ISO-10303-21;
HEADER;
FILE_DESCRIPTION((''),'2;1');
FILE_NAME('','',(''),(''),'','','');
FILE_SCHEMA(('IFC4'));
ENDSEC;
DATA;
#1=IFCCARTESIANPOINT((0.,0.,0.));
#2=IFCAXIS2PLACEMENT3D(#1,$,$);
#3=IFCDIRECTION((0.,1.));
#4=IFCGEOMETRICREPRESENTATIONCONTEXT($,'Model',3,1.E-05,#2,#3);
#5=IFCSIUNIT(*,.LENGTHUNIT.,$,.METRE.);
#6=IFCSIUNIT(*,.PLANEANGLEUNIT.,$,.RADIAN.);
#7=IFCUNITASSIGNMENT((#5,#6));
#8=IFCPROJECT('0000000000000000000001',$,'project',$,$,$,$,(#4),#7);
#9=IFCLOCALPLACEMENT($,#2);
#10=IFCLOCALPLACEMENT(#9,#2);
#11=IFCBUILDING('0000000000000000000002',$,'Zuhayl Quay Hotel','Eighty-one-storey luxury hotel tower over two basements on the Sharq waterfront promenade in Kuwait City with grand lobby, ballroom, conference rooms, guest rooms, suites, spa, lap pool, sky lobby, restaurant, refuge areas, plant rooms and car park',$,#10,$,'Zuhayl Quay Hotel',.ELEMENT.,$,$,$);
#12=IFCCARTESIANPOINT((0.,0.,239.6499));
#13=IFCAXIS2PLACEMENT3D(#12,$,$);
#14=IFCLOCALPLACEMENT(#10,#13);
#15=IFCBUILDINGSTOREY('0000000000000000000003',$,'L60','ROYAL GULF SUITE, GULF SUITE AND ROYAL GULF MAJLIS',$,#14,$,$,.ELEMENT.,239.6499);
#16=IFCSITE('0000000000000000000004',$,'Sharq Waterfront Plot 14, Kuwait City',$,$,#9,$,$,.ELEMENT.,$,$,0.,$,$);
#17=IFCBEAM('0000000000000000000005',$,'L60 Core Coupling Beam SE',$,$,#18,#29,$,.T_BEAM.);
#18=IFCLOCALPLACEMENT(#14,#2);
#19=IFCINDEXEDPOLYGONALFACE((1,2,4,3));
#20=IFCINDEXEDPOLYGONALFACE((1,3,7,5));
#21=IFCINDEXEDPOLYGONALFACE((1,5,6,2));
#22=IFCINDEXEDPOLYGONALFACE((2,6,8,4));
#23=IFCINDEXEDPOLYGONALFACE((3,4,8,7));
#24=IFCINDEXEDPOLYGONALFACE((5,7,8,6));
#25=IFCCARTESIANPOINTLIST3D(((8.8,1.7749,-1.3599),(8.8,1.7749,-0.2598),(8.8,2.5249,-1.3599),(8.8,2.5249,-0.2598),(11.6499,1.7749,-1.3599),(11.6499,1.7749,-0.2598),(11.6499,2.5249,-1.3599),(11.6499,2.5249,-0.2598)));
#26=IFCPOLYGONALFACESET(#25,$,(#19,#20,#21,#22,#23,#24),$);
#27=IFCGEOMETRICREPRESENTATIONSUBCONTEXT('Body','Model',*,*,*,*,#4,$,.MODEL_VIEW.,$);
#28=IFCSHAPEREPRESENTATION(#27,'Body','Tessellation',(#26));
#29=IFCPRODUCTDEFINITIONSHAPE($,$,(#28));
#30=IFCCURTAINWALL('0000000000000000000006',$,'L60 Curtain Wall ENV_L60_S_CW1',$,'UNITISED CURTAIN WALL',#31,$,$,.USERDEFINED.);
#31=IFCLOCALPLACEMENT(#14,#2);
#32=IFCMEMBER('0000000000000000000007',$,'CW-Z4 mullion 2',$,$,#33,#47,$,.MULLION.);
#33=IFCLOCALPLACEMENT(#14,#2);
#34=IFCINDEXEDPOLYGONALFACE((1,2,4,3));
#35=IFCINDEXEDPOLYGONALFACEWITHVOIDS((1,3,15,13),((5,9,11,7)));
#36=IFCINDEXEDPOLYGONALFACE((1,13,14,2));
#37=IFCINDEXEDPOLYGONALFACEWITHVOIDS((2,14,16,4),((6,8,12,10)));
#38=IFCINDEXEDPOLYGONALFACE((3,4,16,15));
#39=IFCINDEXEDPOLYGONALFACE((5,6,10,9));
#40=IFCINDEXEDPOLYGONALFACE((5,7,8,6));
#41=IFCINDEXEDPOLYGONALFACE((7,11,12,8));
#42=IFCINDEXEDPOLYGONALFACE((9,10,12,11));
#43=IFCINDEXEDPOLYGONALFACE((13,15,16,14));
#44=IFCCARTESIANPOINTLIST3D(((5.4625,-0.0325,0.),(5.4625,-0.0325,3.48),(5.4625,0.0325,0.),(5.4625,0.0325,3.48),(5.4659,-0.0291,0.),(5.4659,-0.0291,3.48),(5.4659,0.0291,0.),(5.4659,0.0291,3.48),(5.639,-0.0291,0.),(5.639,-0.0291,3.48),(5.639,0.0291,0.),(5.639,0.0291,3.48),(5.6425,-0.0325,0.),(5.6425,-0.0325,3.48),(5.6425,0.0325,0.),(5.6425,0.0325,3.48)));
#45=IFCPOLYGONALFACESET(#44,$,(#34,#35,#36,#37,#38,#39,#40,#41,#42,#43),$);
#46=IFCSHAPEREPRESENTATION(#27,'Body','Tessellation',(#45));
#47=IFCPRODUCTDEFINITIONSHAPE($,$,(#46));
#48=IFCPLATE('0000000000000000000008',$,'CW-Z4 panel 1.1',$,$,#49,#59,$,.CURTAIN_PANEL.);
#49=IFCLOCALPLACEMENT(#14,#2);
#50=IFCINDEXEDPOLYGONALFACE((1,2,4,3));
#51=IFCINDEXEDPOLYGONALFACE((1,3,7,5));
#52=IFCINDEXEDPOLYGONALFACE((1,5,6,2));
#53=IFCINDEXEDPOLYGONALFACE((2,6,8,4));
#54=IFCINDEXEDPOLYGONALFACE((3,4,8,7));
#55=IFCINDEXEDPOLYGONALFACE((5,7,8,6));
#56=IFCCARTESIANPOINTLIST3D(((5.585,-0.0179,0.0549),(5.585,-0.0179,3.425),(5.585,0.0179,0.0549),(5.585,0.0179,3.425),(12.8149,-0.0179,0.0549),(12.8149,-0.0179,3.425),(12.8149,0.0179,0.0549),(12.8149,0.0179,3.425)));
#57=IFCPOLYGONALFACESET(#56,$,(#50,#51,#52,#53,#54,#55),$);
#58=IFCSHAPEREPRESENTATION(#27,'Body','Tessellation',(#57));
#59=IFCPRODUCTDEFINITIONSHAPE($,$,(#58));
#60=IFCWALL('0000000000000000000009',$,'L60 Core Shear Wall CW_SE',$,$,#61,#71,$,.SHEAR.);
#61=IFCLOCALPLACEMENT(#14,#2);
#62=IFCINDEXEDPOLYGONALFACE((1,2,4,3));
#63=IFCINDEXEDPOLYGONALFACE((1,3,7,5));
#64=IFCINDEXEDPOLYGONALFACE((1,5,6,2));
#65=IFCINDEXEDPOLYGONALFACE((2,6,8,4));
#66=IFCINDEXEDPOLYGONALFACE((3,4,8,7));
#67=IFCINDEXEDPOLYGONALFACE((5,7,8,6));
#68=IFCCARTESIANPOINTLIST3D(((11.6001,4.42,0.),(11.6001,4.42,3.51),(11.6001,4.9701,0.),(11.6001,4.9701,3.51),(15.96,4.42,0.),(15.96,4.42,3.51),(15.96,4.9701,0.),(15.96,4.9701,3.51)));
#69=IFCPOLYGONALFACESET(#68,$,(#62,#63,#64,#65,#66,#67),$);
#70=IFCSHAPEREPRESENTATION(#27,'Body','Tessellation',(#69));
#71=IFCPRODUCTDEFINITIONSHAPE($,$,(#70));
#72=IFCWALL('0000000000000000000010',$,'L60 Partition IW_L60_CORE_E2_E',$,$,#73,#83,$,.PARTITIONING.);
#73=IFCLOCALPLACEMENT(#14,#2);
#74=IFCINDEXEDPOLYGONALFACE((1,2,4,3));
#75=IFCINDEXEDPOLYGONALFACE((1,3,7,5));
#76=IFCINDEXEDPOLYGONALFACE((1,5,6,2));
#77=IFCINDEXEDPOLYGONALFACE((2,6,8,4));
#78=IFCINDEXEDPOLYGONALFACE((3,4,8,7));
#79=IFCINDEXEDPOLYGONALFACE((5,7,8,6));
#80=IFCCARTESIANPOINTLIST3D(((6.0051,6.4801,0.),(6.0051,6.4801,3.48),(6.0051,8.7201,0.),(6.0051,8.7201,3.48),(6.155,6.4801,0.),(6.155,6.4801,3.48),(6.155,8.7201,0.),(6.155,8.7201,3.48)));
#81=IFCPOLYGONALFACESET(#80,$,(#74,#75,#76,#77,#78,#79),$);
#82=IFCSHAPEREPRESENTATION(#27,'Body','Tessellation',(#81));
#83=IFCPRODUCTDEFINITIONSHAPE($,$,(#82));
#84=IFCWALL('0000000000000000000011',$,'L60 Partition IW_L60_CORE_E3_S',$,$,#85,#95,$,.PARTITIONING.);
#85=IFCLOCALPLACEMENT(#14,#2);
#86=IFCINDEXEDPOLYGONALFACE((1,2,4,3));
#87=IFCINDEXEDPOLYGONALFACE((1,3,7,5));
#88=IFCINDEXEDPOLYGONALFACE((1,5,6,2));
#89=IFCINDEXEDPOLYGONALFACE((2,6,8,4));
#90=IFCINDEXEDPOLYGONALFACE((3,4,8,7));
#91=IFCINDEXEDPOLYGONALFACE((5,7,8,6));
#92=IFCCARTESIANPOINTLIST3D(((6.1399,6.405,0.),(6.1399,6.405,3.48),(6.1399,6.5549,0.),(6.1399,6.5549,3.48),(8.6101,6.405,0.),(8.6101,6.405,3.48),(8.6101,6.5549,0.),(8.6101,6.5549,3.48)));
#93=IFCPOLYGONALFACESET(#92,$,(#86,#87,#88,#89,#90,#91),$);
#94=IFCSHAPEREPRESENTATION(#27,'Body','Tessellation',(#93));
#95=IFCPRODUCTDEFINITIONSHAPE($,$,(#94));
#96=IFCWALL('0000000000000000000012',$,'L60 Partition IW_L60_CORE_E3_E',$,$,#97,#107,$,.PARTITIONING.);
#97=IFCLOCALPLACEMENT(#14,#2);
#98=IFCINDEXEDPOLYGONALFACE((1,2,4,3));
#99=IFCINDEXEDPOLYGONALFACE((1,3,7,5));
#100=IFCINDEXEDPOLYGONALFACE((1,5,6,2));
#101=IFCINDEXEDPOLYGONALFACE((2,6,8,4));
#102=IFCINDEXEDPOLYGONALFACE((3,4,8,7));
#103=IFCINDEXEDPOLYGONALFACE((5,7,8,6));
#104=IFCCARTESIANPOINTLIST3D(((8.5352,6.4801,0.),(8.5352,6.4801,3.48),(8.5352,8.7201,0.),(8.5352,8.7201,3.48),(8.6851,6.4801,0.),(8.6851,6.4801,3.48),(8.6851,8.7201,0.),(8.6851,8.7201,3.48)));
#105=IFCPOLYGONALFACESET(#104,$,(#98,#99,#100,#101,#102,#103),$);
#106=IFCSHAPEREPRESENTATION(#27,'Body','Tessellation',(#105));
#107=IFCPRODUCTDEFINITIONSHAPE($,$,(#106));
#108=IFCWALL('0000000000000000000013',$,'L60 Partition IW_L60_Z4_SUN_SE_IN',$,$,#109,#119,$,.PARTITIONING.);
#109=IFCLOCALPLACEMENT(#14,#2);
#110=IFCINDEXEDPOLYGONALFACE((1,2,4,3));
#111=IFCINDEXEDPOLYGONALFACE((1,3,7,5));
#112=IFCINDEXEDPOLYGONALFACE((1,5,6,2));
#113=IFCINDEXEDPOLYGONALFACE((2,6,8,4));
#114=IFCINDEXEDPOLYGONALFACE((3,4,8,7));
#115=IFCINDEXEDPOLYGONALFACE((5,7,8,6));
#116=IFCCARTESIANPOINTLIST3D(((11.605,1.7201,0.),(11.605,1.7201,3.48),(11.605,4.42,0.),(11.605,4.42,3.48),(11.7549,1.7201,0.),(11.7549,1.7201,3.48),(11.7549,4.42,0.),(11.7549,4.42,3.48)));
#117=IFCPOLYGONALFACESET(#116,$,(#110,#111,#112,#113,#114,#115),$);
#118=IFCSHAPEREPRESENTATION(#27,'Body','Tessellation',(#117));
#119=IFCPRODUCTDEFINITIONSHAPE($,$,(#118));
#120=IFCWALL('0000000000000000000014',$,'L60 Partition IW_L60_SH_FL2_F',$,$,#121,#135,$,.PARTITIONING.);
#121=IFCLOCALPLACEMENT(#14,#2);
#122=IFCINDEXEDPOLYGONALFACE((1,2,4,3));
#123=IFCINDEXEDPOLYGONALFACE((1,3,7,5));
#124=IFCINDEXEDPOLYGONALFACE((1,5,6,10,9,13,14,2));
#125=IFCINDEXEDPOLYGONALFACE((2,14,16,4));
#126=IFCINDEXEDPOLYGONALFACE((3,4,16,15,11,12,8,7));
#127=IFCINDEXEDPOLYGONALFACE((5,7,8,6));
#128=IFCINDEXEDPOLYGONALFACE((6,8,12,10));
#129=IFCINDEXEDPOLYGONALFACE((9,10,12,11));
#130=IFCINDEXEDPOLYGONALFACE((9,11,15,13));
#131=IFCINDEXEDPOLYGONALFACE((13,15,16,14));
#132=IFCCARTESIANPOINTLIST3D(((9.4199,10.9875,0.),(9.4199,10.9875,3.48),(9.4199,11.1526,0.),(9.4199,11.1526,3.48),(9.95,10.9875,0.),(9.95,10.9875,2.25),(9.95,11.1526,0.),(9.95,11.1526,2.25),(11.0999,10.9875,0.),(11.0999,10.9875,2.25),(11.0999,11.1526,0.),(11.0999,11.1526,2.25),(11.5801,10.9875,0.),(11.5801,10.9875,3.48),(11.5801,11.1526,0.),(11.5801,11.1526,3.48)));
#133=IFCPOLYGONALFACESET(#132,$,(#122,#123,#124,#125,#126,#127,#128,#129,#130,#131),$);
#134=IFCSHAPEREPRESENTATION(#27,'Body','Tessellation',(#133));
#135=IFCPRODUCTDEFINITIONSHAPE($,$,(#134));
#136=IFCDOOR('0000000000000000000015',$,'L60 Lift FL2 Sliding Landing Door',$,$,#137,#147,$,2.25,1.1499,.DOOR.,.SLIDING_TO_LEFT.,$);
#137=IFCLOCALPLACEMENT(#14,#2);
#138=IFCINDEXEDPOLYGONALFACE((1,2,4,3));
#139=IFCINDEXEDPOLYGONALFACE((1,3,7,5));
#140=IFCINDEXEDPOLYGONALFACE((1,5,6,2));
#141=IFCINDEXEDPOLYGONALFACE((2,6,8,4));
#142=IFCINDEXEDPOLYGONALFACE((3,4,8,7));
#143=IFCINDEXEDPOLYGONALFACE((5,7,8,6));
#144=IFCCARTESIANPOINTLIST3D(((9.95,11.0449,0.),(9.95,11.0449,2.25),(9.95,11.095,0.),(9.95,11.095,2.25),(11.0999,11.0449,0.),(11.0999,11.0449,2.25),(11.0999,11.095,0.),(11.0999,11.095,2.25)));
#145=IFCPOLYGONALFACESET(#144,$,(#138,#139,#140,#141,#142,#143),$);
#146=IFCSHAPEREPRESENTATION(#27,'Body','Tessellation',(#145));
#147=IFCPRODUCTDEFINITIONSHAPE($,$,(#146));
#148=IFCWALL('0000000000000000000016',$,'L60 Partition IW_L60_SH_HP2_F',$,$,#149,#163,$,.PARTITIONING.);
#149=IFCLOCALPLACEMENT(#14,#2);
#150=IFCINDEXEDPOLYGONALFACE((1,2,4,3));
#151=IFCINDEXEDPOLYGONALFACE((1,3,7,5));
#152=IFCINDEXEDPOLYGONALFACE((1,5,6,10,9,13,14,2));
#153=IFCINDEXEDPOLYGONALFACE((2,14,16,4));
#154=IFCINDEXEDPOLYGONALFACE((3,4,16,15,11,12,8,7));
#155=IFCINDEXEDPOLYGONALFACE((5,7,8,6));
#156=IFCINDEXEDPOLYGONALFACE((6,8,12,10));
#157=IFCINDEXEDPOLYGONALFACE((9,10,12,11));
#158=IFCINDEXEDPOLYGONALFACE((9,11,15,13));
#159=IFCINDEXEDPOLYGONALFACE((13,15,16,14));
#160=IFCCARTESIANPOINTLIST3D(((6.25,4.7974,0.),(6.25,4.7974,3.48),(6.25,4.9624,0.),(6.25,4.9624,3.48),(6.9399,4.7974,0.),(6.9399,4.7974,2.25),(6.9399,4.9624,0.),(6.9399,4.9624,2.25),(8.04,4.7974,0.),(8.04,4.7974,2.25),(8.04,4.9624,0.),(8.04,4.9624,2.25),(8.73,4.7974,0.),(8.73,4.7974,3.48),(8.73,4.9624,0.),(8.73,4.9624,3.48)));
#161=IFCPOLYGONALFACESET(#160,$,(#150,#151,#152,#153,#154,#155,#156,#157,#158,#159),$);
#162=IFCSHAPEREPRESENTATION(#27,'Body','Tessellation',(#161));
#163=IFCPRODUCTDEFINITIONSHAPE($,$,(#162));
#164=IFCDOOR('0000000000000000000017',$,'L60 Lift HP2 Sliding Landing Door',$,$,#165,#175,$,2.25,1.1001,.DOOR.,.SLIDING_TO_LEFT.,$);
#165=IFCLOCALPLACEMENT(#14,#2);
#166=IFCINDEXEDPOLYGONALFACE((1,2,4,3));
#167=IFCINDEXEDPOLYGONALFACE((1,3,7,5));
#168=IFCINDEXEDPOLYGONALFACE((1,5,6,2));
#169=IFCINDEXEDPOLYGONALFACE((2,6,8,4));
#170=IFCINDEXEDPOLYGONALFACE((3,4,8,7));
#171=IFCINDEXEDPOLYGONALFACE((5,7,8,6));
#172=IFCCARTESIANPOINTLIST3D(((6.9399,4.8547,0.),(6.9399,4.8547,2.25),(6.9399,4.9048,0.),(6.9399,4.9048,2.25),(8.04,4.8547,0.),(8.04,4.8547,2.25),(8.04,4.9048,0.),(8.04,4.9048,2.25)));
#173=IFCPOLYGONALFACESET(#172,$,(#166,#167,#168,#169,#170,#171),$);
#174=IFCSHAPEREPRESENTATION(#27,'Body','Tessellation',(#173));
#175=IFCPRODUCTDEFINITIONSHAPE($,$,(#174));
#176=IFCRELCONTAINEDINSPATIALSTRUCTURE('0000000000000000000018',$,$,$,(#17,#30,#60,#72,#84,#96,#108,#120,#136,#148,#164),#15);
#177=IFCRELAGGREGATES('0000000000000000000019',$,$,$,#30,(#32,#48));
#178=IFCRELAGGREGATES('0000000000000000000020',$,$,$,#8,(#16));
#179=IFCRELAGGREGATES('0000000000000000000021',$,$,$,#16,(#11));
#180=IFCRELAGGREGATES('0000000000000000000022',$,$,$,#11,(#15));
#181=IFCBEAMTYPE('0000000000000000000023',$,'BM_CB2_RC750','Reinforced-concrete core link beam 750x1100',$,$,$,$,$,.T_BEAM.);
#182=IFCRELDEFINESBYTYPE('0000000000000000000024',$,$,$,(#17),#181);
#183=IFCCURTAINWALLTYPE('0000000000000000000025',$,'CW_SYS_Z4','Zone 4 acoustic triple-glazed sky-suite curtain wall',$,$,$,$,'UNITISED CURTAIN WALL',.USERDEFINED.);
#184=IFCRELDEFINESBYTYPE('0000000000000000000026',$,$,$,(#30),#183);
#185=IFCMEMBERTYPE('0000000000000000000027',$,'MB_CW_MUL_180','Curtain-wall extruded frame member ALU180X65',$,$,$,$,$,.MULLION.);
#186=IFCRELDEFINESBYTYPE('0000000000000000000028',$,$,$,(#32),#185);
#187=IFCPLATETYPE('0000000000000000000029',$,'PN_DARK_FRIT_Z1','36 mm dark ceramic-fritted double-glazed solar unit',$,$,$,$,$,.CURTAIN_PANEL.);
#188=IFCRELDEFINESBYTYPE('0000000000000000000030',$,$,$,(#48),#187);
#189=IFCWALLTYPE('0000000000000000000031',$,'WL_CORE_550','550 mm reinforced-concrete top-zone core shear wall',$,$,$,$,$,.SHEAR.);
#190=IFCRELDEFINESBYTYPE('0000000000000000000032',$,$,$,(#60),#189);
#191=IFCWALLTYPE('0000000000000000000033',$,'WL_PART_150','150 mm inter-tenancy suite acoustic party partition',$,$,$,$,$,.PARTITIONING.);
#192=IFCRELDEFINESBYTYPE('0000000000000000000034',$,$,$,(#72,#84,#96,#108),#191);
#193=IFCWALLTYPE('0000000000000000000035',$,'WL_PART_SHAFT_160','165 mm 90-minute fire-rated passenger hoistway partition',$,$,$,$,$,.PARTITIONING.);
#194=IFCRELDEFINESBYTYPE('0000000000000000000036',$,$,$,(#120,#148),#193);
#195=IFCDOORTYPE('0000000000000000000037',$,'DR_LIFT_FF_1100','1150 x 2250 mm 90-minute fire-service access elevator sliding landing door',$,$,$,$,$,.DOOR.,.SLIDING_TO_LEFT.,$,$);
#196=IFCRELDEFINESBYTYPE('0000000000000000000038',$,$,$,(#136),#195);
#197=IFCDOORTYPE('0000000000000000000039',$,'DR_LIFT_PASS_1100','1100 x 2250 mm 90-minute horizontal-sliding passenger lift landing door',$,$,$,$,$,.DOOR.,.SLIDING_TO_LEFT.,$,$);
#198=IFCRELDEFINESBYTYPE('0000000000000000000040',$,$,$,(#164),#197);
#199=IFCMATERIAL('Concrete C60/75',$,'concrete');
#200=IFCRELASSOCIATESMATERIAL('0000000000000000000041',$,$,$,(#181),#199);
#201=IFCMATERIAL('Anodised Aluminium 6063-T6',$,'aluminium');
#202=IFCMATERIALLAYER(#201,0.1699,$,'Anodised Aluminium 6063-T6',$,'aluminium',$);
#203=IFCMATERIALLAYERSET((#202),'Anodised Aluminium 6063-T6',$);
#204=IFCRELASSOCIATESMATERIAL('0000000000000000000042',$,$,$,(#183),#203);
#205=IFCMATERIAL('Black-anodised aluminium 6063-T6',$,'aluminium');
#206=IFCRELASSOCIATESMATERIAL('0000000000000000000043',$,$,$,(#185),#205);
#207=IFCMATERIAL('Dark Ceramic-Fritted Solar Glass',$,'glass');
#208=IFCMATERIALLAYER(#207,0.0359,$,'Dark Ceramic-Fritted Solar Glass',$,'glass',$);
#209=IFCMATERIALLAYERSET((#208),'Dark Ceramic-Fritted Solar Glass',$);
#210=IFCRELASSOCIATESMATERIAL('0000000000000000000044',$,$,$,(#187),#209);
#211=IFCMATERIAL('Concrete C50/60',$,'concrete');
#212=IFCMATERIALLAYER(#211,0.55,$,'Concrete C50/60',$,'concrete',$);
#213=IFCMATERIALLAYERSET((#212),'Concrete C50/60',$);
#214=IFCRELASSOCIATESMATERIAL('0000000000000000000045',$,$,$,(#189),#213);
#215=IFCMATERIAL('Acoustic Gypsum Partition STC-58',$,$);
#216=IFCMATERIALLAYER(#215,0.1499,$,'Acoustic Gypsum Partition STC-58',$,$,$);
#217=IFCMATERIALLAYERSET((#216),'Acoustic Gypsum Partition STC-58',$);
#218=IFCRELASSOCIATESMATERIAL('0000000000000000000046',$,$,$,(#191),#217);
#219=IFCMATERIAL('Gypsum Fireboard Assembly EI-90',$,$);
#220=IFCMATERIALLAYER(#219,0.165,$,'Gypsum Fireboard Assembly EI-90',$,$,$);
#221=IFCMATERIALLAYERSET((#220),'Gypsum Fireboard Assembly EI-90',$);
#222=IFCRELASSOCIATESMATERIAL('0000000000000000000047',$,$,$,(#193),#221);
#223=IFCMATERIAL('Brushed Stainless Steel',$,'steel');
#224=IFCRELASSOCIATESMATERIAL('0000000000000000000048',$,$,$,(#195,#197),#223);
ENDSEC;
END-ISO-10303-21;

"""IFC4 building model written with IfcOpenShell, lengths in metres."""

from ifc_helpers import new_model, si_unit, direction, frame, frame_2d, origin, origin_2d, place, context, subcontext, project, spatial, rectangle, hollow_rectangle, extrude, material, layer, layer_set, material_profile, profile_set, type_object, element, fill, aggregate, save


model = new_model("IFC4")

# Units and contexts
model_context = context("Model", 3, precision=1e-05, world=origin(), true_north=direction((0.0, 1.0)))
body_context = subcontext(model_context, "Body", "Model", "MODEL_VIEW")
ifc_project = project(units=[si_unit("LENGTHUNIT", "METRE"), si_unit("PLANEANGLEUNIT", "RADIAN")], contexts=[model_context])

# Site, building, storey
site_placement = place(None, origin())
site = spatial("IfcSite", under=ifc_project, at=site_placement, Name="Sharq Waterfront Plot 14, Kuwait City", CompositionType="ELEMENT", RefElevation=0.0)
building_placement = place(site_placement, origin())
building = spatial("IfcBuilding", under=site, at=building_placement, Name="Zuhayl Quay Hotel", Description="Eighty-one-storey luxury hotel tower over two basements on the Sharq waterfront promenade in Kuwait City with grand lobby, ballroom, conference rooms, guest rooms, suites, spa, lap pool, sky lobby, restaurant, refuge areas, plant rooms and car park", LongName="Zuhayl Quay Hotel", CompositionType="ELEMENT")
storey_placement = place(building_placement, frame((0.0, 0.0, 239.6499)))
storey = spatial("IfcBuildingStorey", under=building, at=storey_placement, Name="L60", Description="ROYAL GULF SUITE, GULF SUITE AND ROYAL GULF MAJLIS", CompositionType="ELEMENT", Elevation=239.6499)

# Beam
ifc_material_1 = material(Name="Concrete C60/75", Category="concrete")
ifc_material_profile_1 = material_profile(ifc_material_1, rectangle(XDim=0.75, YDim=1.1001, at=origin_2d()), Name="RC750X1100")
ifc_profile_set_1 = profile_set([ifc_material_profile_1], Name="Concrete C60/75")
beam_type = type_object("IfcBeamType", Name="BM_CB2_RC750", Description="Reinforced-concrete core link beam 750x1100", PredefinedType="T_BEAM", material=ifc_profile_set_1)
beam_placement = place(storey_placement, frame((8.8, 2.1499, -0.8098), z_axis=(1.0, 0.0, 0.0), x_axis=(0.0, 1.0, 0.0)))
element("IfcBeam", 1, at=beam_placement, inside=storey, type_object=beam_type, Name="L60 Core Coupling Beam SE", PredefinedType="T_BEAM", context=body_context, shape_type="SweptSolid", body=[
    extrude(rectangle(XDim=0.75, YDim=1.1001, at=origin_2d()), origin(), (0.0, 0.0, 1.0), 2.8499),
])

# Curtain wall, member, plate
ifc_material_2 = material(Name="Anodised Aluminium 6063-T6", Category="aluminium")
ifc_layer_1 = layer(ifc_material_2, 0.1699, Name="Anodised Aluminium 6063-T6", Category="aluminium")
ifc_layer_set_1 = layer_set([ifc_layer_1], Name="Anodised Aluminium 6063-T6")
curtain_wall_type = type_object("IfcCurtainWallType", Name="CW_SYS_Z4", Description="Zone 4 acoustic triple-glazed sky-suite curtain wall", ElementType="UNITISED CURTAIN WALL", PredefinedType="USERDEFINED", material=ifc_layer_set_1)
curtain_wall_placement = place(storey_placement, origin())
curtain_wall = element("IfcCurtainWall", 2, at=curtain_wall_placement, inside=storey, type_object=curtain_wall_type, Name="L60 Curtain Wall ENV_L60_S_CW1", ObjectType="UNITISED CURTAIN WALL", PredefinedType="USERDEFINED")
ifc_material_3 = material(Name="Black-anodised aluminium 6063-T6", Category="aluminium")
ifc_material_profile_2 = material_profile(ifc_material_3, hollow_rectangle(XDim=0.0649, YDim=0.1799, WallThickness=0.0034, at=origin_2d()), Name="ALU180X65")
ifc_profile_set_2 = profile_set([ifc_material_profile_2], Name="Black-anodised aluminium 6063-T6")
member_type = type_object("IfcMemberType", Name="MB_CW_MUL_180", Description="Curtain-wall extruded frame member ALU180X65", PredefinedType="MULLION", material=ifc_profile_set_2)
member_placement = place(storey_placement, frame((5.5525, 0.0, 0.0), z_axis=(0.0, 0.0, 1.0), x_axis=(0.0, -1.0, 0.0)))
member = element("IfcMember", 3, at=member_placement, type_object=member_type, Name="CW-Z4 mullion 2", PredefinedType="MULLION", context=body_context, shape_type="SweptSolid", body=[
    extrude(hollow_rectangle(XDim=0.0649, YDim=0.1799, WallThickness=0.0034, at=origin_2d()), origin(), (0.0, 0.0, 1.0), 3.48),
])
ifc_material_4 = material(Name="Dark Ceramic-Fritted Solar Glass", Category="glass")
ifc_layer_2 = layer(ifc_material_4, 0.0359, Name="Dark Ceramic-Fritted Solar Glass", Category="glass")
ifc_layer_set_2 = layer_set([ifc_layer_2], Name="Dark Ceramic-Fritted Solar Glass")
plate_type = type_object("IfcPlateType", Name="PN_DARK_FRIT_Z1", Description="36 mm dark ceramic-fritted double-glazed solar unit", PredefinedType="CURTAIN_PANEL", material=ifc_layer_set_2)
plate_placement = place(storey_placement, frame((9.2, 0.0, 0.0549), z_axis=(0.0, 0.0, 1.0), x_axis=(-1.0, 0.0, 0.0)))
plate = element("IfcPlate", 4, at=plate_placement, type_object=plate_type, Name="CW-Z4 panel 1.1", PredefinedType="CURTAIN_PANEL", context=body_context, shape_type="SweptSolid", body=[
    extrude(rectangle(XDim=7.23, YDim=0.0359, at=origin_2d()), origin(), (0.0, 0.0, 1.0), 3.3701),
])
aggregate(curtain_wall, [member, plate])

# Wall
ifc_material_5 = material(Name="Concrete C50/60", Category="concrete")
ifc_layer_3 = layer(ifc_material_5, 0.55, Name="Concrete C50/60", Category="concrete")
ifc_layer_set_3 = layer_set([ifc_layer_3], Name="Concrete C50/60")
wall_type_1 = type_object("IfcWallType", Name="WL_CORE_550", Description="550 mm reinforced-concrete top-zone core shear wall", PredefinedType="SHEAR", material=ifc_layer_set_3)
wall_1_placement = place(storey_placement, frame((11.6001, 4.6951, 0.0), z_axis=(0.0, 0.0, 1.0), x_axis=(1.0, 0.0, 0.0)))
element("IfcWall", 5, at=wall_1_placement, inside=storey, type_object=wall_type_1, Name="L60 Core Shear Wall CW_SE", PredefinedType="SHEAR", context=body_context, shape_type="SweptSolid", body=[
    extrude(rectangle(XDim=4.3599, YDim=0.55, at=frame_2d((2.1799, 0.0))), origin(), (0.0, 0.0, 1.0), 3.51),
])

# Shared definitions
ifc_material_6 = material(Name="Acoustic Gypsum Partition STC-58")
ifc_layer_4 = layer(ifc_material_6, 0.1499, Name="Acoustic Gypsum Partition STC-58")
ifc_layer_set_4 = layer_set([ifc_layer_4], Name="Acoustic Gypsum Partition STC-58")
wall_type_2 = type_object("IfcWallType", Name="WL_PART_150", Description="150 mm inter-tenancy suite acoustic party partition", PredefinedType="PARTITIONING", material=ifc_layer_set_4)

# Walls
wall_2_placement = place(storey_placement, frame((6.0801, 6.48, 0.0), z_axis=(0.0, 0.0, 1.0), x_axis=(0.0, 1.0, 0.0)))
element("IfcWall", 6, at=wall_2_placement, inside=storey, type_object=wall_type_2, Name="L60 Partition IW_L60_CORE_E2_E", PredefinedType="PARTITIONING", context=body_context, shape_type="SweptSolid", body=[
    extrude(rectangle(XDim=2.24, YDim=0.1499, at=frame_2d((1.1201, 0.0))), origin(), (0.0, 0.0, 1.0), 3.48),
])
wall_3_placement = place(storey_placement, frame((6.1399, 6.48, 0.0), z_axis=(0.0, 0.0, 1.0), x_axis=(1.0, 0.0, 0.0)))
element("IfcWall", 7, at=wall_3_placement, inside=storey, type_object=wall_type_2, Name="L60 Partition IW_L60_CORE_E3_S", PredefinedType="PARTITIONING", context=body_context, shape_type="SweptSolid", body=[
    extrude(rectangle(XDim=2.4702, YDim=0.1499, at=frame_2d((1.2351, 0.0))), origin(), (0.0, 0.0, 1.0), 3.48),
])
wall_4_placement = place(storey_placement, frame((8.6101, 6.48, 0.0), z_axis=(0.0, 0.0, 1.0), x_axis=(0.0, 1.0, 0.0)))
element("IfcWall", 8, at=wall_4_placement, inside=storey, type_object=wall_type_2, Name="L60 Partition IW_L60_CORE_E3_E", PredefinedType="PARTITIONING", context=body_context, shape_type="SweptSolid", body=[
    extrude(rectangle(XDim=2.24, YDim=0.1499, at=frame_2d((1.1201, 0.0))), origin(), (0.0, 0.0, 1.0), 3.48),
])
wall_5_placement = place(storey_placement, frame((11.6799, 1.72, 0.0), z_axis=(0.0, 0.0, 1.0), x_axis=(0.0, 1.0, 0.0)))
element("IfcWall", 9, at=wall_5_placement, inside=storey, type_object=wall_type_2, Name="L60 Partition IW_L60_Z4_SUN_SE_IN", PredefinedType="PARTITIONING", context=body_context, shape_type="SweptSolid", body=[
    extrude(rectangle(XDim=2.7, YDim=0.1499, at=frame_2d((1.3501, 0.0))), origin(), (0.0, 0.0, 1.0), 3.48),
])

# Walls, openings, doors
ifc_material_7 = material(Name="Gypsum Fireboard Assembly EI-90")
ifc_layer_5 = layer(ifc_material_7, 0.165, Name="Gypsum Fireboard Assembly EI-90")
ifc_layer_set_5 = layer_set([ifc_layer_5], Name="Gypsum Fireboard Assembly EI-90")
wall_type_3 = type_object("IfcWallType", Name="WL_PART_SHAFT_160", Description="165 mm 90-minute fire-rated passenger hoistway partition", PredefinedType="PARTITIONING", material=ifc_layer_set_5)
wall_6_placement = place(storey_placement, frame((9.4199, 11.0701, 0.0), z_axis=(0.0, 0.0, 1.0), x_axis=(1.0, 0.0, 0.0)))
wall_6 = element("IfcWall", 10, at=wall_6_placement, inside=storey, type_object=wall_type_3, Name="L60 Partition IW_L60_SH_FL2_F", PredefinedType="PARTITIONING", context=body_context, shape_type="SweptSolid", body=[
    extrude(rectangle(XDim=2.1602, YDim=0.165, at=frame_2d((1.0801, 0.0))), origin(), (0.0, 0.0, 1.0), 3.48),
])
opening_1_placement = place(wall_6_placement, frame((0.53, 0.0, 0.0)))
opening_1 = element("IfcOpeningElement", 11, at=opening_1_placement, cuts=wall_6, PredefinedType="OPENING", context=body_context, shape_type="SweptSolid", body=[
    extrude(rectangle(XDim=1.1499, YDim=2.25, at=frame_2d((0.575, 1.125))), frame((0.0, 0.0925, 0.0), z_axis=(0.0, -1.0, 0.0), x_axis=(1.0, 0.0, 0.0)), (0.0, 0.0, 1.0), 0.1851),
])
ifc_material_8 = material(Name="Brushed Stainless Steel", Category="steel")
door_type_1 = type_object("IfcDoorType", Name="DR_LIFT_FF_1100", Description="1150 x 2250 mm 90-minute fire-service access elevator sliding landing door", OperationType="SLIDING_TO_LEFT", PredefinedType="DOOR", material=ifc_material_8)
door_1_placement = place(opening_1_placement, origin())
door_1 = element("IfcDoor", 12, at=door_1_placement, inside=storey, type_object=door_type_1, Name="L60 Lift FL2 Sliding Landing Door", OperationType="SLIDING_TO_LEFT", OverallHeight=2.25, OverallWidth=1.1499, PredefinedType="DOOR", context=body_context, shape_type="SweptSolid", body=[
    extrude(rectangle(XDim=1.1499, YDim=2.25, at=frame_2d((0.575, 1.125))), frame((0.0, 0.0249, 0.0), z_axis=(0.0, -1.0, 0.0), x_axis=(1.0, 0.0, 0.0)), (0.0, 0.0, 1.0), 0.05),
])
fill(opening_1, door_1)
wall_7_placement = place(storey_placement, frame((6.25, 4.8799, 0.0), z_axis=(0.0, 0.0, 1.0), x_axis=(1.0, 0.0, 0.0)))
wall_7 = element("IfcWall", 13, at=wall_7_placement, inside=storey, type_object=wall_type_3, Name="L60 Partition IW_L60_SH_HP2_F", PredefinedType="PARTITIONING", context=body_context, shape_type="SweptSolid", body=[
    extrude(rectangle(XDim=2.48, YDim=0.165, at=frame_2d((1.24, 0.0))), origin(), (0.0, 0.0, 1.0), 3.48),
])
opening_2_placement = place(wall_7_placement, frame((0.6899, 0.0, 0.0)))
opening_2 = element("IfcOpeningElement", 14, at=opening_2_placement, cuts=wall_7, PredefinedType="OPENING", context=body_context, shape_type="SweptSolid", body=[
    extrude(rectangle(XDim=1.1001, YDim=2.25, at=frame_2d((0.55, 1.125))), frame((0.0, 0.0925, 0.0), z_axis=(0.0, -1.0, 0.0), x_axis=(1.0, 0.0, 0.0)), (0.0, 0.0, 1.0), 0.1851),
])
door_type_2 = type_object("IfcDoorType", Name="DR_LIFT_PASS_1100", Description="1100 x 2250 mm 90-minute horizontal-sliding passenger lift landing door", OperationType="SLIDING_TO_LEFT", PredefinedType="DOOR", material=ifc_material_8)
door_2_placement = place(opening_2_placement, origin())
door_2 = element("IfcDoor", 15, at=door_2_placement, inside=storey, type_object=door_type_2, Name="L60 Lift HP2 Sliding Landing Door", OperationType="SLIDING_TO_LEFT", OverallHeight=2.25, OverallWidth=1.1001, PredefinedType="DOOR", context=body_context, shape_type="SweptSolid", body=[
    extrude(rectangle(XDim=1.1001, YDim=2.25, at=frame_2d((0.55, 1.125))), frame((0.0, 0.0249, 0.0), z_axis=(0.0, -1.0, 0.0), x_axis=(1.0, 0.0, 0.0)), (0.0, 0.0, 1.0), 0.05),
])
fill(opening_2, door_2)

save(model, "model.ifc")
